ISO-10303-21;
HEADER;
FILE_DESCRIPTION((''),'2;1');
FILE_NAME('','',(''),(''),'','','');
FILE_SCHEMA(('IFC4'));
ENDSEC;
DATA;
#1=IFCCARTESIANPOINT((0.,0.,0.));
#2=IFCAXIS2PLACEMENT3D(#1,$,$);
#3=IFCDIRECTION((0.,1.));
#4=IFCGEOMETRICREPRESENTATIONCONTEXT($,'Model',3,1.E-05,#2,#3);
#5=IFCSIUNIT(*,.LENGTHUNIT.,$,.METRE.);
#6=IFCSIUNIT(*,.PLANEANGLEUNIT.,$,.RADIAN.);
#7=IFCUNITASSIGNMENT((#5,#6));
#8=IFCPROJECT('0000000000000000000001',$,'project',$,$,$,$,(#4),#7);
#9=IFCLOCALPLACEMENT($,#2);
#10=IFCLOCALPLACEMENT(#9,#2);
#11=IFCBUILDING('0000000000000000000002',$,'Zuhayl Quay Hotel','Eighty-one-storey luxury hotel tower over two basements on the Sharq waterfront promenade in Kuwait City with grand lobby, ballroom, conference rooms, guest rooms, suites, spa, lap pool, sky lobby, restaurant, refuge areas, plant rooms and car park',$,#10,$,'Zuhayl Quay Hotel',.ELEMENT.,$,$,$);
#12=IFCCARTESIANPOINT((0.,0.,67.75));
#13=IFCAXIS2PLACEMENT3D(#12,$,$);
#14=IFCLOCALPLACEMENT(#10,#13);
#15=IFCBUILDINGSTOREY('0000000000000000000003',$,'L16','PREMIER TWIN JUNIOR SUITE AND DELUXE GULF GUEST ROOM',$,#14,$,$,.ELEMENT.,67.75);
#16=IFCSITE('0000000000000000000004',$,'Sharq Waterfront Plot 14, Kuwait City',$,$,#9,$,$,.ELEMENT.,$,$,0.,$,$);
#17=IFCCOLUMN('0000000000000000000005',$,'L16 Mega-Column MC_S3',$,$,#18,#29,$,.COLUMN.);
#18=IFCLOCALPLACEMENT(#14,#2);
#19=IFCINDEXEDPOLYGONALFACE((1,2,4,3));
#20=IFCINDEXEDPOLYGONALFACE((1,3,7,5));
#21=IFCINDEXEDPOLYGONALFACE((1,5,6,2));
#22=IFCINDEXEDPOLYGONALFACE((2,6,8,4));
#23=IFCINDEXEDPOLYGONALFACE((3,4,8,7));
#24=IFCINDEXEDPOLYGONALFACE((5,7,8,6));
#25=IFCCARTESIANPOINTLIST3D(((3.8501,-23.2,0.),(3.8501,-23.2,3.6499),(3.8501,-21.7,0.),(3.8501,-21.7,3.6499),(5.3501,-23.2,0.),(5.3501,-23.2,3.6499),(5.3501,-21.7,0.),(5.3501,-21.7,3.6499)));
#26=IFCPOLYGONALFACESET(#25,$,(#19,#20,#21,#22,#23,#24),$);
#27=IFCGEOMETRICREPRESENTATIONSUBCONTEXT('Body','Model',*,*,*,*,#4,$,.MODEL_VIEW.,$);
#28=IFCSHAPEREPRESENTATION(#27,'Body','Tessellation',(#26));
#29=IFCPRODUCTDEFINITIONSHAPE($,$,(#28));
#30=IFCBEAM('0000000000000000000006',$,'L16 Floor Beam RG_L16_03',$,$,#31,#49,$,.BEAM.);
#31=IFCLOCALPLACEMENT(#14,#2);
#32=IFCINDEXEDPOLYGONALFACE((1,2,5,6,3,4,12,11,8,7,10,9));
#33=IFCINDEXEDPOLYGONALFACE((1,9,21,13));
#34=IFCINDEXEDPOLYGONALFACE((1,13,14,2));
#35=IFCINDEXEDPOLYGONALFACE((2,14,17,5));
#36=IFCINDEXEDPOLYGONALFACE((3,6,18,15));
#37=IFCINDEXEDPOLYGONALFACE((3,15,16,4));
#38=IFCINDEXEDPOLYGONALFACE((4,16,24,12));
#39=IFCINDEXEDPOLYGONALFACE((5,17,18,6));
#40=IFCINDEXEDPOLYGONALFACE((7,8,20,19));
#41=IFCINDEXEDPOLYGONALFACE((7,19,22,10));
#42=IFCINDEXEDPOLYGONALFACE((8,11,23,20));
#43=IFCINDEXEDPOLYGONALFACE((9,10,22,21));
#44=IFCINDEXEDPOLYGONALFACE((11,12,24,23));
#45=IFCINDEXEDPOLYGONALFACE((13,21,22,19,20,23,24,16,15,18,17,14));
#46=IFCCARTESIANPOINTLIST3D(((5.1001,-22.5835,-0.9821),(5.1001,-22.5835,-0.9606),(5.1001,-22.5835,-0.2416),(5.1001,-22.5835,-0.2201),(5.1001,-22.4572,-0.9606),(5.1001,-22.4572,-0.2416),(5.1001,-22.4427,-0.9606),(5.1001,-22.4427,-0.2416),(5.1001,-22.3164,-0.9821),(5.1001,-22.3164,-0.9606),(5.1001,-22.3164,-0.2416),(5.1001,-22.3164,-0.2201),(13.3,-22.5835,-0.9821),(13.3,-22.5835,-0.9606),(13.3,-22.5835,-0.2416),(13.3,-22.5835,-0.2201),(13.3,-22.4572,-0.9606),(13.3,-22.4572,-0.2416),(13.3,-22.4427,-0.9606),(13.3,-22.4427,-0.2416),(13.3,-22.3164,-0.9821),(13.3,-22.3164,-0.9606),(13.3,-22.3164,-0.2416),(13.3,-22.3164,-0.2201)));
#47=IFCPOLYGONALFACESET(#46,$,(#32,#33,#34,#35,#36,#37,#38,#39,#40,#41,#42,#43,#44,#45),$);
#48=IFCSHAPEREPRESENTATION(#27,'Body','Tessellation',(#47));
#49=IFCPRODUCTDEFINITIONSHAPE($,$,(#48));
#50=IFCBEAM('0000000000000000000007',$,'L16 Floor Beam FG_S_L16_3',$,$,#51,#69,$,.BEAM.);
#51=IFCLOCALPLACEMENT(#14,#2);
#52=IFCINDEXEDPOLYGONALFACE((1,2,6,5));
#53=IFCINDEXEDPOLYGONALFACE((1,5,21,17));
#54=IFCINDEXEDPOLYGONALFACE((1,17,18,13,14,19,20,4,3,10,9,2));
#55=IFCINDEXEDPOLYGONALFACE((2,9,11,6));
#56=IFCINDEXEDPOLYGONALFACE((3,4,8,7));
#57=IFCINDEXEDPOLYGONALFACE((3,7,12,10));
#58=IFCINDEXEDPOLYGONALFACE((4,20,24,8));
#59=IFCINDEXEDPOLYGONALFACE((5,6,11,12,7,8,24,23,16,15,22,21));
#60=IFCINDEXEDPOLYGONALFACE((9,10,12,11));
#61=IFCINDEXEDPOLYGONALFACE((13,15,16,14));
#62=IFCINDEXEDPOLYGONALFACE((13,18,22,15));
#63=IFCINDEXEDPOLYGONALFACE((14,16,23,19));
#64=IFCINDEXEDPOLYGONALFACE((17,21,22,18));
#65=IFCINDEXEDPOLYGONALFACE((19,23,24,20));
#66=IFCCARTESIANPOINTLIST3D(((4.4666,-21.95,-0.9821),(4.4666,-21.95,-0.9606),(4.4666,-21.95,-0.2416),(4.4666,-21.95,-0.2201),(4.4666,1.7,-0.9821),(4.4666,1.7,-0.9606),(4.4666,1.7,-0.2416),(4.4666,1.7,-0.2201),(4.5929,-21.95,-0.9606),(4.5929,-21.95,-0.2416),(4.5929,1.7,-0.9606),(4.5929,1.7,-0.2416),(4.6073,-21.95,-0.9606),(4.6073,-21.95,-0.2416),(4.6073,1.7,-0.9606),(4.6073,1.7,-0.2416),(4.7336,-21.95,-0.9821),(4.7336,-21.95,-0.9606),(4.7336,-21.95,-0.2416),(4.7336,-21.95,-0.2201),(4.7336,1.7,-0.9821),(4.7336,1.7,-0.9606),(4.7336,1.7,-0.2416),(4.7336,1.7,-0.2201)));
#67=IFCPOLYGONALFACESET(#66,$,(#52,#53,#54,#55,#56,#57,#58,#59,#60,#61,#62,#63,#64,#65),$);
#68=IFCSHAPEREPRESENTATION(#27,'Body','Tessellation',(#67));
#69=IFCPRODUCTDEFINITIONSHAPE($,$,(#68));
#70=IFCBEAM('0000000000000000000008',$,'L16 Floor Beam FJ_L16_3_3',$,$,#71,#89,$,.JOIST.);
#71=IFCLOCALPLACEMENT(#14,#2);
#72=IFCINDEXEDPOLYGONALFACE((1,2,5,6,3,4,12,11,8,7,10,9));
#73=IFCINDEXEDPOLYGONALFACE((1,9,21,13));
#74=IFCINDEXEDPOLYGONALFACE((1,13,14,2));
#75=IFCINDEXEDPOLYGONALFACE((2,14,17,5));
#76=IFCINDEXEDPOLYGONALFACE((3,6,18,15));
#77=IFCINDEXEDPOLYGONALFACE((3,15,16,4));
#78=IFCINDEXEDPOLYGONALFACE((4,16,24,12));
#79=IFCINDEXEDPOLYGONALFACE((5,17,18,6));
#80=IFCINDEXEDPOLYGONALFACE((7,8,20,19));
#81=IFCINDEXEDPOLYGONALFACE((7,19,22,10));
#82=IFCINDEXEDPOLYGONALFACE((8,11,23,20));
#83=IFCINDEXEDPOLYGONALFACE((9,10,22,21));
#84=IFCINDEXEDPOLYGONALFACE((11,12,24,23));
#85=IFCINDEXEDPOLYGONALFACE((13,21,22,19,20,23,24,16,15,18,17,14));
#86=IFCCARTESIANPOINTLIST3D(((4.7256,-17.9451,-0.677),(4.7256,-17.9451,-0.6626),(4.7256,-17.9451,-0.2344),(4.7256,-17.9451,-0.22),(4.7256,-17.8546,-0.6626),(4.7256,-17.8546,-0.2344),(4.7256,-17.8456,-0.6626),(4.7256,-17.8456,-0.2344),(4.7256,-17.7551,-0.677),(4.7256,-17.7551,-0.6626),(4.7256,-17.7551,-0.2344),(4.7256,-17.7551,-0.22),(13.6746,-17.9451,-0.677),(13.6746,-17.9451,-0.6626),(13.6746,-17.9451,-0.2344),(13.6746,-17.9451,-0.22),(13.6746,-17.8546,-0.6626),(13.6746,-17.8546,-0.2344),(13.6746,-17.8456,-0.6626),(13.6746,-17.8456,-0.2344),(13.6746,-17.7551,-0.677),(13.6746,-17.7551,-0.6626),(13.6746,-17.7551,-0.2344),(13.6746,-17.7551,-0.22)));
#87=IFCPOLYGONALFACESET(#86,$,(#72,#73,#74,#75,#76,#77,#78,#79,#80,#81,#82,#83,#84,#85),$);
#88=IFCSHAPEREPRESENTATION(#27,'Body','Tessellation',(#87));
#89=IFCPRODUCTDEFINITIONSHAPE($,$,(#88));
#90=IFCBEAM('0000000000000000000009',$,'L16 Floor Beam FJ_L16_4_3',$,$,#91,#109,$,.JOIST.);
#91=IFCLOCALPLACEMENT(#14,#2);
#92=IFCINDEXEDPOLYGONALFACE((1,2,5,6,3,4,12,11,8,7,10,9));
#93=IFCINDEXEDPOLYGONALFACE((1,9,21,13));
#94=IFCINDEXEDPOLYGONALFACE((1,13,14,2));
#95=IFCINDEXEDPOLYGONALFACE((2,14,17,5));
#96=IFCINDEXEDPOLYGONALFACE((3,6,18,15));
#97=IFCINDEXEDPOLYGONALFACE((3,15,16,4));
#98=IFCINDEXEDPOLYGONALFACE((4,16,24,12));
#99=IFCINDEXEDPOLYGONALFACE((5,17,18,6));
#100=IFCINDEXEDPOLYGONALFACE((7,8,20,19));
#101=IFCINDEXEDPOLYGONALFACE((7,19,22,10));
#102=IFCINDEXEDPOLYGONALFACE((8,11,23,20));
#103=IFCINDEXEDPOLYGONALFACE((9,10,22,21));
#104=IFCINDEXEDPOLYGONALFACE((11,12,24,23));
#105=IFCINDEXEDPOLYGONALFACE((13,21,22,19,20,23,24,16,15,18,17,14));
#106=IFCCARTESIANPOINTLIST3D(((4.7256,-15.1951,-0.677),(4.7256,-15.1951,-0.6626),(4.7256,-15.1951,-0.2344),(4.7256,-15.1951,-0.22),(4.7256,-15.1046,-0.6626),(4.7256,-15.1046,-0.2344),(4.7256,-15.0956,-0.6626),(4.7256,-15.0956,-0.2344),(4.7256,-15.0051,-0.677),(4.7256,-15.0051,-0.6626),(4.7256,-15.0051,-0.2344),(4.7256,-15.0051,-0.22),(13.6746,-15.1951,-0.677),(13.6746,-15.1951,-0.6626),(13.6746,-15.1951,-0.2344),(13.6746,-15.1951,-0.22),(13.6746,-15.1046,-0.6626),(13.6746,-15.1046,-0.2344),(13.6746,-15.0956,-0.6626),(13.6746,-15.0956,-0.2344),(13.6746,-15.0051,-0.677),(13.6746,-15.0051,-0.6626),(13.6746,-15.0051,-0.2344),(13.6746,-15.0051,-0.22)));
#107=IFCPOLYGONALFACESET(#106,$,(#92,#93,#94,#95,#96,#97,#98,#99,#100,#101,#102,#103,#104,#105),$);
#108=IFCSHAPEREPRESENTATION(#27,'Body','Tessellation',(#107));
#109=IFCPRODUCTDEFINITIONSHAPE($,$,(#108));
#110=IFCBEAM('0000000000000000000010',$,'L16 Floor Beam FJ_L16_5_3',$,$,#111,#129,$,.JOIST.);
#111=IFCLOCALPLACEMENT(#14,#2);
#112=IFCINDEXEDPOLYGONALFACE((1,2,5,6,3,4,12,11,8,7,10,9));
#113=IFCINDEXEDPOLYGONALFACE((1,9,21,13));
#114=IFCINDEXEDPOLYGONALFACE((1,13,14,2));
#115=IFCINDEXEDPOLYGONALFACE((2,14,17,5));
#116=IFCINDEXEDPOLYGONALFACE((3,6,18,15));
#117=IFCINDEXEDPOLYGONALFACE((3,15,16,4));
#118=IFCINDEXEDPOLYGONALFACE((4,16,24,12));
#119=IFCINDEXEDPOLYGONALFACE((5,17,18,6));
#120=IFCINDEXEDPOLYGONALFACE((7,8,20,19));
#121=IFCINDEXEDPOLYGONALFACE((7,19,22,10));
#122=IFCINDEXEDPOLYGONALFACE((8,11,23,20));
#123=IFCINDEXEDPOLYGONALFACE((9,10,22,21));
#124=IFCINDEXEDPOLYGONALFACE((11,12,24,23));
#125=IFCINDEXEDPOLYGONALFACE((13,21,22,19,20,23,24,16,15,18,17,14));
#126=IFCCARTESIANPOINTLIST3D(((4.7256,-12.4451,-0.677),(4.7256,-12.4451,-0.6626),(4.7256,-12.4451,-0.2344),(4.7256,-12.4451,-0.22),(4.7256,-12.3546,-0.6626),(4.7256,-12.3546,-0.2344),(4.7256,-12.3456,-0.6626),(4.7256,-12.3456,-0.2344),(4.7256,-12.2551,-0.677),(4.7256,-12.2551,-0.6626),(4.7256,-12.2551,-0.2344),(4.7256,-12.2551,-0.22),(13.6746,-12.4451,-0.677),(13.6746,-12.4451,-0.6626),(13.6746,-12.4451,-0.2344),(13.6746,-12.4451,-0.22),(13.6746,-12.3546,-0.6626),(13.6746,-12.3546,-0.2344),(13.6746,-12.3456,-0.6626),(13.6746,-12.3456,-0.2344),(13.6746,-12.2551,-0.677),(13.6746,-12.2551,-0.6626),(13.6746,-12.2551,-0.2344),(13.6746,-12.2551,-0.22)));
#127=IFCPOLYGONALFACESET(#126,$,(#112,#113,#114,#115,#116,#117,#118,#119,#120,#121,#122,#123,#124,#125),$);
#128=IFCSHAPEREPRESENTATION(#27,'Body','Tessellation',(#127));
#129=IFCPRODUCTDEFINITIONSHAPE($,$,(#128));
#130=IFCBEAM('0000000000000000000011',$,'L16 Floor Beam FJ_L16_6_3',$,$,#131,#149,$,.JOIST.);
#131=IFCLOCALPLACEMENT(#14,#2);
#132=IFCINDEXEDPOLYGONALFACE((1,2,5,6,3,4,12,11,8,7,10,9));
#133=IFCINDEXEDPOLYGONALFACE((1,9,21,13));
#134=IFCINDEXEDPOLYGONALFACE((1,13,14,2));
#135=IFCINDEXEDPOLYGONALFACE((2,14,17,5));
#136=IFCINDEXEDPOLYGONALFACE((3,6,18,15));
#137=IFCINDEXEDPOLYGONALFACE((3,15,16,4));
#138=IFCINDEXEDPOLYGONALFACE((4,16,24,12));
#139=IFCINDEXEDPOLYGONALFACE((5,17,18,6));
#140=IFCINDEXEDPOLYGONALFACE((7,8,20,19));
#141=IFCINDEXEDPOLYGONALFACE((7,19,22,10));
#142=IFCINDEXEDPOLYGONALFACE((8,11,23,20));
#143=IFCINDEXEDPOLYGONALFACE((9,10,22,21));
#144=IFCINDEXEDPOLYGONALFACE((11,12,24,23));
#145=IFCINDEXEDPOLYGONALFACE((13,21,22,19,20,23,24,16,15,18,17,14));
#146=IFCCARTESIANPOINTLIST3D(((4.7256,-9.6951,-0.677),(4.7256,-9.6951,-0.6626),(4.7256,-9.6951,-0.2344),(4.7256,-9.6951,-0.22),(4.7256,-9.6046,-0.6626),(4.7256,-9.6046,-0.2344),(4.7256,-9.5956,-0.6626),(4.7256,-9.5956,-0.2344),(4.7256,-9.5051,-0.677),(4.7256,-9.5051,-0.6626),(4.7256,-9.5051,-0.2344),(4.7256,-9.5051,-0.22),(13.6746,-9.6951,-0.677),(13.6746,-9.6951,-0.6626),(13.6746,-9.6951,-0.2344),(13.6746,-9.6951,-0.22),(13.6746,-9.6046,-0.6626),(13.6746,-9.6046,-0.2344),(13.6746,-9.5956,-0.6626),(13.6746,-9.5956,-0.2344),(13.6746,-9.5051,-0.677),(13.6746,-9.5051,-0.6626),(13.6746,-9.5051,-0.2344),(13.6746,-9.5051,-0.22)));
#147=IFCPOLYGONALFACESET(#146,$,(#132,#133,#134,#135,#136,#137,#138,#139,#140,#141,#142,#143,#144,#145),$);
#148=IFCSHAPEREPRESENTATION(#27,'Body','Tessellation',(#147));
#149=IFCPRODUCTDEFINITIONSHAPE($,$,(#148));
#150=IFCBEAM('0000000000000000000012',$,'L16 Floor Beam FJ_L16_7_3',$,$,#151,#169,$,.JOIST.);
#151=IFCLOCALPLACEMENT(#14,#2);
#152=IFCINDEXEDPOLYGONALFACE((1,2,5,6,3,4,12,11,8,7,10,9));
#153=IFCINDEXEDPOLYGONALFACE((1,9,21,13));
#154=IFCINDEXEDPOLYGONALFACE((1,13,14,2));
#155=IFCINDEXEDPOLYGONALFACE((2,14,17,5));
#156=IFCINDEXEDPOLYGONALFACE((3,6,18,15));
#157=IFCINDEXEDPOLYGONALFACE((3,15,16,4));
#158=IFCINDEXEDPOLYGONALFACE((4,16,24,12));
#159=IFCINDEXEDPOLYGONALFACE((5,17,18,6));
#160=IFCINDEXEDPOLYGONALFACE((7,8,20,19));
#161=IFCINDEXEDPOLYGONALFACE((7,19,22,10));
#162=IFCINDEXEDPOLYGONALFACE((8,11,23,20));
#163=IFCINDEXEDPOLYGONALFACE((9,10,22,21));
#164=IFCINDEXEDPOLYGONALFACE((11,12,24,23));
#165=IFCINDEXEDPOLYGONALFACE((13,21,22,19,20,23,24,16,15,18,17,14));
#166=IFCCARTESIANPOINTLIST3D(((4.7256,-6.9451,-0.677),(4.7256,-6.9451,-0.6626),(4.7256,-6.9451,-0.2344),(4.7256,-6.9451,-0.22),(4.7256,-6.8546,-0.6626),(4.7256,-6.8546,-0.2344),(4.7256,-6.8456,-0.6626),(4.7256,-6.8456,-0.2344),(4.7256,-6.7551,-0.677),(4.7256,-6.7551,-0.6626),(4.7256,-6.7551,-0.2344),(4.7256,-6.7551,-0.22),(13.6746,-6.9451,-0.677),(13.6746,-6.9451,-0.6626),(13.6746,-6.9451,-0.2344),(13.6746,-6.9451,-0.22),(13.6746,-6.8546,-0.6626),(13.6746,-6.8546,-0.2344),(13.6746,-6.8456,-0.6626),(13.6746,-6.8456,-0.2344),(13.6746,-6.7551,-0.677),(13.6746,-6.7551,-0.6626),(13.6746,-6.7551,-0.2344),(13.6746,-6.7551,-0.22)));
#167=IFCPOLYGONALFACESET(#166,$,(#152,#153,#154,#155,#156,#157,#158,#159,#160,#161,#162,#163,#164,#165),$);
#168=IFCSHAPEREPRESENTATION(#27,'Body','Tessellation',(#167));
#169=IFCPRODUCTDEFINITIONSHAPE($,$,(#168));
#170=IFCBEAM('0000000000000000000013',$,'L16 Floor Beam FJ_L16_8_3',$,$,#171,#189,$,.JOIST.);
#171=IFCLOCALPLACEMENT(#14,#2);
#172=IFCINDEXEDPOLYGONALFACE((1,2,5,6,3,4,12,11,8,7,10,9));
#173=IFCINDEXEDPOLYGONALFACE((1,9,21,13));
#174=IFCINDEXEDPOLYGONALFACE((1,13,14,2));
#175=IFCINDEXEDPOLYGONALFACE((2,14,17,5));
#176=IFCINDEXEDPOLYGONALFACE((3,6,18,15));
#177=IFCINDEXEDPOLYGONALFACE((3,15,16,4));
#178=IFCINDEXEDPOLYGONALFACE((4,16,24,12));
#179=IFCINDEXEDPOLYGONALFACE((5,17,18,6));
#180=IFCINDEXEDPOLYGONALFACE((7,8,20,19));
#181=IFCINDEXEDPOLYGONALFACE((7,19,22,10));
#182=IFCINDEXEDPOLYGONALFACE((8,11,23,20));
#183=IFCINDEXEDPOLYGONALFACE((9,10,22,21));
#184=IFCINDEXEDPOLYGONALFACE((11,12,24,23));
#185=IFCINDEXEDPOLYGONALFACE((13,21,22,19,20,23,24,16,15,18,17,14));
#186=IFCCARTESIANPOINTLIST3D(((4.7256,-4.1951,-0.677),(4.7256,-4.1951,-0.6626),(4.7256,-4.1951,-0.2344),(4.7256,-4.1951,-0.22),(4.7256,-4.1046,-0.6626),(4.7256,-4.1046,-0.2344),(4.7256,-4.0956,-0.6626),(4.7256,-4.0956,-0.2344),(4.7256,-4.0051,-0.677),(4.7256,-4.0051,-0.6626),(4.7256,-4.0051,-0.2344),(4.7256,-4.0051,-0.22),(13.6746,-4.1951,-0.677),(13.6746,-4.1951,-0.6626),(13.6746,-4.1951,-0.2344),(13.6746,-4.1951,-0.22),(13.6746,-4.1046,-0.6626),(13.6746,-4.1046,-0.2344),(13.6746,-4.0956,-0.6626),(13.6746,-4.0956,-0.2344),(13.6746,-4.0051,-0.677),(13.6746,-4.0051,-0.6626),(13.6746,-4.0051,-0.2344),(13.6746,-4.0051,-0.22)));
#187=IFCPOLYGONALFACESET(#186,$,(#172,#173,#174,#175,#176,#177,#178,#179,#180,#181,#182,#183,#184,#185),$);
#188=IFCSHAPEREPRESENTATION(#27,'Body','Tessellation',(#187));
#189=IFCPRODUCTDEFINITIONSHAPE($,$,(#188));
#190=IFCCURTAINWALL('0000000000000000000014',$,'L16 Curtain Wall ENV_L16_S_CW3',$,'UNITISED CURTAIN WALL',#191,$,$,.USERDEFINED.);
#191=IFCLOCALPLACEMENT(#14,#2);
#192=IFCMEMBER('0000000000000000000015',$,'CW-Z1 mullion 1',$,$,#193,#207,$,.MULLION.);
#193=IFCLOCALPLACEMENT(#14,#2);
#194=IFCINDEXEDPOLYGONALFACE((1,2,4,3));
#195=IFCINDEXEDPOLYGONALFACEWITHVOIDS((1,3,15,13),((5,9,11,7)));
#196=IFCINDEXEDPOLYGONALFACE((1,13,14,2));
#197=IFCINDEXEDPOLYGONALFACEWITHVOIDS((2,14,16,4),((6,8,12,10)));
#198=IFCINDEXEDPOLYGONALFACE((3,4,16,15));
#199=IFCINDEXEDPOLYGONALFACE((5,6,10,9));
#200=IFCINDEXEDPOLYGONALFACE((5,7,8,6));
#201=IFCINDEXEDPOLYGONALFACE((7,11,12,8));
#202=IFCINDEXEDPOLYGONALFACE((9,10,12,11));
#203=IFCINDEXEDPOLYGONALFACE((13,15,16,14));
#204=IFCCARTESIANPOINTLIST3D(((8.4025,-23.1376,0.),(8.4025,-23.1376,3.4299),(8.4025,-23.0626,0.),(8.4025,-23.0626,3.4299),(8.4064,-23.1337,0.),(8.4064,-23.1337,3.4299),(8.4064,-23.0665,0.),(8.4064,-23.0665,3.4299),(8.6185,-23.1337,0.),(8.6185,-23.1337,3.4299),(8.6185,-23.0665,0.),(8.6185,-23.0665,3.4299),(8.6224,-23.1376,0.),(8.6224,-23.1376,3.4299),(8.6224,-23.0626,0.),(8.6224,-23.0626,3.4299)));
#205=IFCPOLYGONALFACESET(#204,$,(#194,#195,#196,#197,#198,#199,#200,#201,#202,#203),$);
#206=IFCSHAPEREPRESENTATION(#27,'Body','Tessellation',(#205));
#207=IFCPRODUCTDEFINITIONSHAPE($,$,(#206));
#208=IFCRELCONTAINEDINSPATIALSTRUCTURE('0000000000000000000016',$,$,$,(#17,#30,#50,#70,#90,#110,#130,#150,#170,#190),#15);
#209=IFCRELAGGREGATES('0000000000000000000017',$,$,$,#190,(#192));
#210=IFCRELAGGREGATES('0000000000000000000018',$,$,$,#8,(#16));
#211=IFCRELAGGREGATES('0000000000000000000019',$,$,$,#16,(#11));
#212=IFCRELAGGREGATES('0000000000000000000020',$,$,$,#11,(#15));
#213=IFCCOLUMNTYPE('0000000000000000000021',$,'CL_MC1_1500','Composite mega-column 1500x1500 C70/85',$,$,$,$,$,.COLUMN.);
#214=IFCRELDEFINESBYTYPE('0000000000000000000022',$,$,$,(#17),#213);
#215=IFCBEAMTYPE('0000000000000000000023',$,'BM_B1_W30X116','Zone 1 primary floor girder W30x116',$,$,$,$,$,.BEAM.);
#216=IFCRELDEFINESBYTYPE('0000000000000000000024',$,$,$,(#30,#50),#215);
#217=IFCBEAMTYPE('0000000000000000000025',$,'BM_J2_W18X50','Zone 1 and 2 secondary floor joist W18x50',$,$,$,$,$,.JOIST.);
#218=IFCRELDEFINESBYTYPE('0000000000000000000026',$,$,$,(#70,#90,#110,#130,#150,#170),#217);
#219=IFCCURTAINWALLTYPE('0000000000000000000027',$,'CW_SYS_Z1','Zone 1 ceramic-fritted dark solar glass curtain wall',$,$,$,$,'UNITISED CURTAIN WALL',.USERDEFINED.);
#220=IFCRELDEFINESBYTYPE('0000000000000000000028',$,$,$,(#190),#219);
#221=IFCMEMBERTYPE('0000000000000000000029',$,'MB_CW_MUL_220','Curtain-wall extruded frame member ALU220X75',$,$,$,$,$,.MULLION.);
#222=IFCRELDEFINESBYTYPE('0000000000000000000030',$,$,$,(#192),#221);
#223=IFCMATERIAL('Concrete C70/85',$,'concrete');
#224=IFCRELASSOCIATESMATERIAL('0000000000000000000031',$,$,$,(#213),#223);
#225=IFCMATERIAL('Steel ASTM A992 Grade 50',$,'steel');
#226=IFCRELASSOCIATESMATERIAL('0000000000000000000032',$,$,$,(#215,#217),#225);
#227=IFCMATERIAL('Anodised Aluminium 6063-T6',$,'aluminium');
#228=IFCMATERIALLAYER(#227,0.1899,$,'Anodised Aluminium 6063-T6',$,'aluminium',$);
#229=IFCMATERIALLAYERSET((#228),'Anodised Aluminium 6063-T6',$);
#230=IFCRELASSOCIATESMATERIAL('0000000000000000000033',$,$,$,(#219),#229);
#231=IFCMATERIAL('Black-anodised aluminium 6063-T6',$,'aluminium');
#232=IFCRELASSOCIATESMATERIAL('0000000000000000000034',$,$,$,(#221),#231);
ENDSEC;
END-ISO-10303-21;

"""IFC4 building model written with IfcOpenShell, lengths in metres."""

from ifc_helpers import new_model, si_unit, direction, frame, origin, origin_2d, place, context, subcontext, project, spatial, rectangle, hollow_rectangle, i_section, extrude, material, layer, layer_set, material_profile, profile_set, type_object, element, aggregate, save


model = new_model("IFC4")

# Units and contexts
model_context = context("Model", 3, precision=1e-05, world=origin(), true_north=direction((0.0, 1.0)))
body_context = subcontext(model_context, "Body", "Model", "MODEL_VIEW")
ifc_project = project(units=[si_unit("LENGTHUNIT", "METRE"), si_unit("PLANEANGLEUNIT", "RADIAN")], contexts=[model_context])

# Site, building, storey
site_placement = place(None, origin())
site = spatial("IfcSite", under=ifc_project, at=site_placement, Name="Sharq Waterfront Plot 14, Kuwait City", CompositionType="ELEMENT", RefElevation=0.0)
building_placement = place(site_placement, origin())
building = spatial("IfcBuilding", under=site, at=building_placement, Name="Zuhayl Quay Hotel", Description="Eighty-one-storey luxury hotel tower over two basements on the Sharq waterfront promenade in Kuwait City with grand lobby, ballroom, conference rooms, guest rooms, suites, spa, lap pool, sky lobby, restaurant, refuge areas, plant rooms and car park", LongName="Zuhayl Quay Hotel", CompositionType="ELEMENT")
storey_placement = place(building_placement, frame((0.0, 0.0, 67.75)))
storey = spatial("IfcBuildingStorey", under=building, at=storey_placement, Name="L16", Description="PREMIER TWIN JUNIOR SUITE AND DELUXE GULF GUEST ROOM", CompositionType="ELEMENT", Elevation=67.75)

# Column
ifc_material_1 = material(Name="Concrete C70/85", Category="concrete")
ifc_material_profile_1 = material_profile(ifc_material_1, rectangle(XDim=1.5, YDim=1.5, at=origin_2d()), Name="RC1500X1500")
ifc_profile_set_1 = profile_set([ifc_material_profile_1], Name="Concrete C70/85")
column_type = type_object("IfcColumnType", Name="CL_MC1_1500", Description="Composite mega-column 1500x1500 C70/85", PredefinedType="COLUMN", material=ifc_profile_set_1)
column_placement = place(storey_placement, frame((4.6001, -22.45, 0.0), z_axis=(0.0, 0.0, 1.0), x_axis=(1.0, 0.0, 0.0)))
element("IfcColumn", 1, at=column_placement, inside=storey, type_object=column_type, Name="L16 Mega-Column MC_S3", PredefinedType="COLUMN", context=body_context, shape_type="SweptSolid", body=[
    extrude(rectangle(XDim=1.5, YDim=1.5, at=origin_2d()), origin(), (0.0, 0.0, 1.0), 3.6499),
])

# Beams
ifc_material_2 = material(Name="Steel ASTM A992 Grade 50", Category="steel")
ifc_material_profile_2 = material_profile(ifc_material_2, i_section(OverallWidth=0.2671, OverallDepth=0.762, WebThickness=0.0144, FlangeThickness=0.0215, at=origin_2d()), Name="W30X116")
ifc_profile_set_2 = profile_set([ifc_material_profile_2], Name="Steel ASTM A992 Grade 50")
beam_type_1 = type_object("IfcBeamType", Name="BM_B1_W30X116", Description="Zone 1 primary floor girder W30x116", PredefinedType="BEAM", material=ifc_profile_set_2)
beam_1_placement = place(storey_placement, frame((5.1001, -22.45, -0.6011), z_axis=(1.0, 0.0, 0.0), x_axis=(0.0, 1.0, 0.0)))
element("IfcBeam", 2, at=beam_1_placement, inside=storey, type_object=beam_type_1, Name="L16 Floor Beam RG_L16_03", PredefinedType="BEAM", context=body_context, shape_type="SweptSolid", body=[
    extrude(i_section(OverallWidth=0.2671, OverallDepth=0.762, WebThickness=0.0144, FlangeThickness=0.0215, at=origin_2d()), origin(), (0.0, 0.0, 1.0), 8.2),
])
beam_2_placement = place(storey_placement, frame((4.6001, -21.95, -0.6011), z_axis=(0.0, 1.0, 0.0), x_axis=(-1.0, 0.0, 0.0)))
element("IfcBeam", 3, at=beam_2_placement, inside=storey, type_object=beam_type_1, Name="L16 Floor Beam FG_S_L16_3", PredefinedType="BEAM", context=body_context, shape_type="SweptSolid", body=[
    extrude(i_section(OverallWidth=0.2671, OverallDepth=0.762, WebThickness=0.0144, FlangeThickness=0.0215, at=origin_2d()), origin(), (0.0, 0.0, 1.0), 23.6499),
])
ifc_material_profile_3 = material_profile(ifc_material_2, i_section(OverallWidth=0.1899, OverallDepth=0.457, WebThickness=0.009, FlangeThickness=0.0144, at=origin_2d()), Name="W18X50")
ifc_profile_set_3 = profile_set([ifc_material_profile_3], Name="Steel ASTM A992 Grade 50")
beam_type_2 = type_object("IfcBeamType", Name="BM_J2_W18X50", Description="Zone 1 and 2 secondary floor joist W18x50", PredefinedType="JOIST", material=ifc_profile_set_3)
for number, where, z_axis, x_axis, name in (
    (4, (4.7256, -17.8501, -0.4485), (1.0, 0.0, 0.0), (0.0, 1.0, 0.0), "L16 Floor Beam FJ_L16_3_3"),
    (5, (4.7256, -15.1001, -0.4485), (1.0, 0.0, 0.0), (0.0, 1.0, 0.0), "L16 Floor Beam FJ_L16_4_3"),
    (6, (4.7256, -12.3501, -0.4485), (1.0, 0.0, 0.0), (0.0, 1.0, 0.0), "L16 Floor Beam FJ_L16_5_3"),
    (7, (4.7256, -9.6001, -0.4485), (1.0, 0.0, 0.0), (0.0, 1.0, 0.0), "L16 Floor Beam FJ_L16_6_3"),
    (8, (4.7256, -6.8501, -0.4485), (1.0, 0.0, 0.0), (0.0, 1.0, 0.0), "L16 Floor Beam FJ_L16_7_3"),
    (9, (4.7256, -4.1001, -0.4485), (1.0, 0.0, 0.0), (0.0, 1.0, 0.0), "L16 Floor Beam FJ_L16_8_3"),
):
    element("IfcBeam", number, at=place(storey_placement, frame(where, z_axis=z_axis, x_axis=x_axis)), inside=storey, type_object=beam_type_2, Name=name, PredefinedType="JOIST", context=body_context, shape_type="SweptSolid", body=[
        extrude(i_section(OverallWidth=0.1899, OverallDepth=0.457, WebThickness=0.009, FlangeThickness=0.0144, at=origin_2d()), origin(), (0.0, 0.0, 1.0), 8.949),
    ])

# Curtain wall, member
ifc_material_3 = material(Name="Anodised Aluminium 6063-T6", Category="aluminium")
ifc_layer_1 = layer(ifc_material_3, 0.1899, Name="Anodised Aluminium 6063-T6", Category="aluminium")
ifc_layer_set_1 = layer_set([ifc_layer_1], Name="Anodised Aluminium 6063-T6")
curtain_wall_type = type_object("IfcCurtainWallType", Name="CW_SYS_Z1", Description="Zone 1 ceramic-fritted dark solar glass curtain wall", ElementType="UNITISED CURTAIN WALL", PredefinedType="USERDEFINED", material=ifc_layer_set_1)
curtain_wall_1_placement = place(storey_placement, origin())
curtain_wall_1 = element("IfcCurtainWall", 10, at=curtain_wall_1_placement, inside=storey, type_object=curtain_wall_type, Name="L16 Curtain Wall ENV_L16_S_CW3", ObjectType="UNITISED CURTAIN WALL", PredefinedType="USERDEFINED")
ifc_material_4 = material(Name="Black-anodised aluminium 6063-T6", Category="aluminium")
ifc_material_profile_4 = material_profile(ifc_material_4, hollow_rectangle(XDim=0.075, YDim=0.22, WallThickness=0.0039, at=origin_2d()), Name="ALU220X75")
ifc_profile_set_4 = profile_set([ifc_material_profile_4], Name="Black-anodised aluminium 6063-T6")
member_type_1 = type_object("IfcMemberType", Name="MB_CW_MUL_220", Description="Curtain-wall extruded frame member ALU220X75", PredefinedType="MULLION", material=ifc_profile_set_4)
member_1_placement = place(storey_placement, frame((8.5125, -23.1001, 0.0), z_axis=(0.0, 0.0, 1.0), x_axis=(0.0, -1.0, 0.0)))
member_1 = element("IfcMember", 11, at=member_1_placement, type_object=member_type_1, Name="CW-Z1 mullion 1", PredefinedType="MULLION", context=body_context, shape_type="SweptSolid", body=[
    extrude(hollow_rectangle(XDim=0.075, YDim=0.22, WallThickness=0.0039, at=origin_2d()), origin(), (0.0, 0.0, 1.0), 3.4299),
])

aggregate(curtain_wall_1, [member_1])

save(model, "model.ifc")
